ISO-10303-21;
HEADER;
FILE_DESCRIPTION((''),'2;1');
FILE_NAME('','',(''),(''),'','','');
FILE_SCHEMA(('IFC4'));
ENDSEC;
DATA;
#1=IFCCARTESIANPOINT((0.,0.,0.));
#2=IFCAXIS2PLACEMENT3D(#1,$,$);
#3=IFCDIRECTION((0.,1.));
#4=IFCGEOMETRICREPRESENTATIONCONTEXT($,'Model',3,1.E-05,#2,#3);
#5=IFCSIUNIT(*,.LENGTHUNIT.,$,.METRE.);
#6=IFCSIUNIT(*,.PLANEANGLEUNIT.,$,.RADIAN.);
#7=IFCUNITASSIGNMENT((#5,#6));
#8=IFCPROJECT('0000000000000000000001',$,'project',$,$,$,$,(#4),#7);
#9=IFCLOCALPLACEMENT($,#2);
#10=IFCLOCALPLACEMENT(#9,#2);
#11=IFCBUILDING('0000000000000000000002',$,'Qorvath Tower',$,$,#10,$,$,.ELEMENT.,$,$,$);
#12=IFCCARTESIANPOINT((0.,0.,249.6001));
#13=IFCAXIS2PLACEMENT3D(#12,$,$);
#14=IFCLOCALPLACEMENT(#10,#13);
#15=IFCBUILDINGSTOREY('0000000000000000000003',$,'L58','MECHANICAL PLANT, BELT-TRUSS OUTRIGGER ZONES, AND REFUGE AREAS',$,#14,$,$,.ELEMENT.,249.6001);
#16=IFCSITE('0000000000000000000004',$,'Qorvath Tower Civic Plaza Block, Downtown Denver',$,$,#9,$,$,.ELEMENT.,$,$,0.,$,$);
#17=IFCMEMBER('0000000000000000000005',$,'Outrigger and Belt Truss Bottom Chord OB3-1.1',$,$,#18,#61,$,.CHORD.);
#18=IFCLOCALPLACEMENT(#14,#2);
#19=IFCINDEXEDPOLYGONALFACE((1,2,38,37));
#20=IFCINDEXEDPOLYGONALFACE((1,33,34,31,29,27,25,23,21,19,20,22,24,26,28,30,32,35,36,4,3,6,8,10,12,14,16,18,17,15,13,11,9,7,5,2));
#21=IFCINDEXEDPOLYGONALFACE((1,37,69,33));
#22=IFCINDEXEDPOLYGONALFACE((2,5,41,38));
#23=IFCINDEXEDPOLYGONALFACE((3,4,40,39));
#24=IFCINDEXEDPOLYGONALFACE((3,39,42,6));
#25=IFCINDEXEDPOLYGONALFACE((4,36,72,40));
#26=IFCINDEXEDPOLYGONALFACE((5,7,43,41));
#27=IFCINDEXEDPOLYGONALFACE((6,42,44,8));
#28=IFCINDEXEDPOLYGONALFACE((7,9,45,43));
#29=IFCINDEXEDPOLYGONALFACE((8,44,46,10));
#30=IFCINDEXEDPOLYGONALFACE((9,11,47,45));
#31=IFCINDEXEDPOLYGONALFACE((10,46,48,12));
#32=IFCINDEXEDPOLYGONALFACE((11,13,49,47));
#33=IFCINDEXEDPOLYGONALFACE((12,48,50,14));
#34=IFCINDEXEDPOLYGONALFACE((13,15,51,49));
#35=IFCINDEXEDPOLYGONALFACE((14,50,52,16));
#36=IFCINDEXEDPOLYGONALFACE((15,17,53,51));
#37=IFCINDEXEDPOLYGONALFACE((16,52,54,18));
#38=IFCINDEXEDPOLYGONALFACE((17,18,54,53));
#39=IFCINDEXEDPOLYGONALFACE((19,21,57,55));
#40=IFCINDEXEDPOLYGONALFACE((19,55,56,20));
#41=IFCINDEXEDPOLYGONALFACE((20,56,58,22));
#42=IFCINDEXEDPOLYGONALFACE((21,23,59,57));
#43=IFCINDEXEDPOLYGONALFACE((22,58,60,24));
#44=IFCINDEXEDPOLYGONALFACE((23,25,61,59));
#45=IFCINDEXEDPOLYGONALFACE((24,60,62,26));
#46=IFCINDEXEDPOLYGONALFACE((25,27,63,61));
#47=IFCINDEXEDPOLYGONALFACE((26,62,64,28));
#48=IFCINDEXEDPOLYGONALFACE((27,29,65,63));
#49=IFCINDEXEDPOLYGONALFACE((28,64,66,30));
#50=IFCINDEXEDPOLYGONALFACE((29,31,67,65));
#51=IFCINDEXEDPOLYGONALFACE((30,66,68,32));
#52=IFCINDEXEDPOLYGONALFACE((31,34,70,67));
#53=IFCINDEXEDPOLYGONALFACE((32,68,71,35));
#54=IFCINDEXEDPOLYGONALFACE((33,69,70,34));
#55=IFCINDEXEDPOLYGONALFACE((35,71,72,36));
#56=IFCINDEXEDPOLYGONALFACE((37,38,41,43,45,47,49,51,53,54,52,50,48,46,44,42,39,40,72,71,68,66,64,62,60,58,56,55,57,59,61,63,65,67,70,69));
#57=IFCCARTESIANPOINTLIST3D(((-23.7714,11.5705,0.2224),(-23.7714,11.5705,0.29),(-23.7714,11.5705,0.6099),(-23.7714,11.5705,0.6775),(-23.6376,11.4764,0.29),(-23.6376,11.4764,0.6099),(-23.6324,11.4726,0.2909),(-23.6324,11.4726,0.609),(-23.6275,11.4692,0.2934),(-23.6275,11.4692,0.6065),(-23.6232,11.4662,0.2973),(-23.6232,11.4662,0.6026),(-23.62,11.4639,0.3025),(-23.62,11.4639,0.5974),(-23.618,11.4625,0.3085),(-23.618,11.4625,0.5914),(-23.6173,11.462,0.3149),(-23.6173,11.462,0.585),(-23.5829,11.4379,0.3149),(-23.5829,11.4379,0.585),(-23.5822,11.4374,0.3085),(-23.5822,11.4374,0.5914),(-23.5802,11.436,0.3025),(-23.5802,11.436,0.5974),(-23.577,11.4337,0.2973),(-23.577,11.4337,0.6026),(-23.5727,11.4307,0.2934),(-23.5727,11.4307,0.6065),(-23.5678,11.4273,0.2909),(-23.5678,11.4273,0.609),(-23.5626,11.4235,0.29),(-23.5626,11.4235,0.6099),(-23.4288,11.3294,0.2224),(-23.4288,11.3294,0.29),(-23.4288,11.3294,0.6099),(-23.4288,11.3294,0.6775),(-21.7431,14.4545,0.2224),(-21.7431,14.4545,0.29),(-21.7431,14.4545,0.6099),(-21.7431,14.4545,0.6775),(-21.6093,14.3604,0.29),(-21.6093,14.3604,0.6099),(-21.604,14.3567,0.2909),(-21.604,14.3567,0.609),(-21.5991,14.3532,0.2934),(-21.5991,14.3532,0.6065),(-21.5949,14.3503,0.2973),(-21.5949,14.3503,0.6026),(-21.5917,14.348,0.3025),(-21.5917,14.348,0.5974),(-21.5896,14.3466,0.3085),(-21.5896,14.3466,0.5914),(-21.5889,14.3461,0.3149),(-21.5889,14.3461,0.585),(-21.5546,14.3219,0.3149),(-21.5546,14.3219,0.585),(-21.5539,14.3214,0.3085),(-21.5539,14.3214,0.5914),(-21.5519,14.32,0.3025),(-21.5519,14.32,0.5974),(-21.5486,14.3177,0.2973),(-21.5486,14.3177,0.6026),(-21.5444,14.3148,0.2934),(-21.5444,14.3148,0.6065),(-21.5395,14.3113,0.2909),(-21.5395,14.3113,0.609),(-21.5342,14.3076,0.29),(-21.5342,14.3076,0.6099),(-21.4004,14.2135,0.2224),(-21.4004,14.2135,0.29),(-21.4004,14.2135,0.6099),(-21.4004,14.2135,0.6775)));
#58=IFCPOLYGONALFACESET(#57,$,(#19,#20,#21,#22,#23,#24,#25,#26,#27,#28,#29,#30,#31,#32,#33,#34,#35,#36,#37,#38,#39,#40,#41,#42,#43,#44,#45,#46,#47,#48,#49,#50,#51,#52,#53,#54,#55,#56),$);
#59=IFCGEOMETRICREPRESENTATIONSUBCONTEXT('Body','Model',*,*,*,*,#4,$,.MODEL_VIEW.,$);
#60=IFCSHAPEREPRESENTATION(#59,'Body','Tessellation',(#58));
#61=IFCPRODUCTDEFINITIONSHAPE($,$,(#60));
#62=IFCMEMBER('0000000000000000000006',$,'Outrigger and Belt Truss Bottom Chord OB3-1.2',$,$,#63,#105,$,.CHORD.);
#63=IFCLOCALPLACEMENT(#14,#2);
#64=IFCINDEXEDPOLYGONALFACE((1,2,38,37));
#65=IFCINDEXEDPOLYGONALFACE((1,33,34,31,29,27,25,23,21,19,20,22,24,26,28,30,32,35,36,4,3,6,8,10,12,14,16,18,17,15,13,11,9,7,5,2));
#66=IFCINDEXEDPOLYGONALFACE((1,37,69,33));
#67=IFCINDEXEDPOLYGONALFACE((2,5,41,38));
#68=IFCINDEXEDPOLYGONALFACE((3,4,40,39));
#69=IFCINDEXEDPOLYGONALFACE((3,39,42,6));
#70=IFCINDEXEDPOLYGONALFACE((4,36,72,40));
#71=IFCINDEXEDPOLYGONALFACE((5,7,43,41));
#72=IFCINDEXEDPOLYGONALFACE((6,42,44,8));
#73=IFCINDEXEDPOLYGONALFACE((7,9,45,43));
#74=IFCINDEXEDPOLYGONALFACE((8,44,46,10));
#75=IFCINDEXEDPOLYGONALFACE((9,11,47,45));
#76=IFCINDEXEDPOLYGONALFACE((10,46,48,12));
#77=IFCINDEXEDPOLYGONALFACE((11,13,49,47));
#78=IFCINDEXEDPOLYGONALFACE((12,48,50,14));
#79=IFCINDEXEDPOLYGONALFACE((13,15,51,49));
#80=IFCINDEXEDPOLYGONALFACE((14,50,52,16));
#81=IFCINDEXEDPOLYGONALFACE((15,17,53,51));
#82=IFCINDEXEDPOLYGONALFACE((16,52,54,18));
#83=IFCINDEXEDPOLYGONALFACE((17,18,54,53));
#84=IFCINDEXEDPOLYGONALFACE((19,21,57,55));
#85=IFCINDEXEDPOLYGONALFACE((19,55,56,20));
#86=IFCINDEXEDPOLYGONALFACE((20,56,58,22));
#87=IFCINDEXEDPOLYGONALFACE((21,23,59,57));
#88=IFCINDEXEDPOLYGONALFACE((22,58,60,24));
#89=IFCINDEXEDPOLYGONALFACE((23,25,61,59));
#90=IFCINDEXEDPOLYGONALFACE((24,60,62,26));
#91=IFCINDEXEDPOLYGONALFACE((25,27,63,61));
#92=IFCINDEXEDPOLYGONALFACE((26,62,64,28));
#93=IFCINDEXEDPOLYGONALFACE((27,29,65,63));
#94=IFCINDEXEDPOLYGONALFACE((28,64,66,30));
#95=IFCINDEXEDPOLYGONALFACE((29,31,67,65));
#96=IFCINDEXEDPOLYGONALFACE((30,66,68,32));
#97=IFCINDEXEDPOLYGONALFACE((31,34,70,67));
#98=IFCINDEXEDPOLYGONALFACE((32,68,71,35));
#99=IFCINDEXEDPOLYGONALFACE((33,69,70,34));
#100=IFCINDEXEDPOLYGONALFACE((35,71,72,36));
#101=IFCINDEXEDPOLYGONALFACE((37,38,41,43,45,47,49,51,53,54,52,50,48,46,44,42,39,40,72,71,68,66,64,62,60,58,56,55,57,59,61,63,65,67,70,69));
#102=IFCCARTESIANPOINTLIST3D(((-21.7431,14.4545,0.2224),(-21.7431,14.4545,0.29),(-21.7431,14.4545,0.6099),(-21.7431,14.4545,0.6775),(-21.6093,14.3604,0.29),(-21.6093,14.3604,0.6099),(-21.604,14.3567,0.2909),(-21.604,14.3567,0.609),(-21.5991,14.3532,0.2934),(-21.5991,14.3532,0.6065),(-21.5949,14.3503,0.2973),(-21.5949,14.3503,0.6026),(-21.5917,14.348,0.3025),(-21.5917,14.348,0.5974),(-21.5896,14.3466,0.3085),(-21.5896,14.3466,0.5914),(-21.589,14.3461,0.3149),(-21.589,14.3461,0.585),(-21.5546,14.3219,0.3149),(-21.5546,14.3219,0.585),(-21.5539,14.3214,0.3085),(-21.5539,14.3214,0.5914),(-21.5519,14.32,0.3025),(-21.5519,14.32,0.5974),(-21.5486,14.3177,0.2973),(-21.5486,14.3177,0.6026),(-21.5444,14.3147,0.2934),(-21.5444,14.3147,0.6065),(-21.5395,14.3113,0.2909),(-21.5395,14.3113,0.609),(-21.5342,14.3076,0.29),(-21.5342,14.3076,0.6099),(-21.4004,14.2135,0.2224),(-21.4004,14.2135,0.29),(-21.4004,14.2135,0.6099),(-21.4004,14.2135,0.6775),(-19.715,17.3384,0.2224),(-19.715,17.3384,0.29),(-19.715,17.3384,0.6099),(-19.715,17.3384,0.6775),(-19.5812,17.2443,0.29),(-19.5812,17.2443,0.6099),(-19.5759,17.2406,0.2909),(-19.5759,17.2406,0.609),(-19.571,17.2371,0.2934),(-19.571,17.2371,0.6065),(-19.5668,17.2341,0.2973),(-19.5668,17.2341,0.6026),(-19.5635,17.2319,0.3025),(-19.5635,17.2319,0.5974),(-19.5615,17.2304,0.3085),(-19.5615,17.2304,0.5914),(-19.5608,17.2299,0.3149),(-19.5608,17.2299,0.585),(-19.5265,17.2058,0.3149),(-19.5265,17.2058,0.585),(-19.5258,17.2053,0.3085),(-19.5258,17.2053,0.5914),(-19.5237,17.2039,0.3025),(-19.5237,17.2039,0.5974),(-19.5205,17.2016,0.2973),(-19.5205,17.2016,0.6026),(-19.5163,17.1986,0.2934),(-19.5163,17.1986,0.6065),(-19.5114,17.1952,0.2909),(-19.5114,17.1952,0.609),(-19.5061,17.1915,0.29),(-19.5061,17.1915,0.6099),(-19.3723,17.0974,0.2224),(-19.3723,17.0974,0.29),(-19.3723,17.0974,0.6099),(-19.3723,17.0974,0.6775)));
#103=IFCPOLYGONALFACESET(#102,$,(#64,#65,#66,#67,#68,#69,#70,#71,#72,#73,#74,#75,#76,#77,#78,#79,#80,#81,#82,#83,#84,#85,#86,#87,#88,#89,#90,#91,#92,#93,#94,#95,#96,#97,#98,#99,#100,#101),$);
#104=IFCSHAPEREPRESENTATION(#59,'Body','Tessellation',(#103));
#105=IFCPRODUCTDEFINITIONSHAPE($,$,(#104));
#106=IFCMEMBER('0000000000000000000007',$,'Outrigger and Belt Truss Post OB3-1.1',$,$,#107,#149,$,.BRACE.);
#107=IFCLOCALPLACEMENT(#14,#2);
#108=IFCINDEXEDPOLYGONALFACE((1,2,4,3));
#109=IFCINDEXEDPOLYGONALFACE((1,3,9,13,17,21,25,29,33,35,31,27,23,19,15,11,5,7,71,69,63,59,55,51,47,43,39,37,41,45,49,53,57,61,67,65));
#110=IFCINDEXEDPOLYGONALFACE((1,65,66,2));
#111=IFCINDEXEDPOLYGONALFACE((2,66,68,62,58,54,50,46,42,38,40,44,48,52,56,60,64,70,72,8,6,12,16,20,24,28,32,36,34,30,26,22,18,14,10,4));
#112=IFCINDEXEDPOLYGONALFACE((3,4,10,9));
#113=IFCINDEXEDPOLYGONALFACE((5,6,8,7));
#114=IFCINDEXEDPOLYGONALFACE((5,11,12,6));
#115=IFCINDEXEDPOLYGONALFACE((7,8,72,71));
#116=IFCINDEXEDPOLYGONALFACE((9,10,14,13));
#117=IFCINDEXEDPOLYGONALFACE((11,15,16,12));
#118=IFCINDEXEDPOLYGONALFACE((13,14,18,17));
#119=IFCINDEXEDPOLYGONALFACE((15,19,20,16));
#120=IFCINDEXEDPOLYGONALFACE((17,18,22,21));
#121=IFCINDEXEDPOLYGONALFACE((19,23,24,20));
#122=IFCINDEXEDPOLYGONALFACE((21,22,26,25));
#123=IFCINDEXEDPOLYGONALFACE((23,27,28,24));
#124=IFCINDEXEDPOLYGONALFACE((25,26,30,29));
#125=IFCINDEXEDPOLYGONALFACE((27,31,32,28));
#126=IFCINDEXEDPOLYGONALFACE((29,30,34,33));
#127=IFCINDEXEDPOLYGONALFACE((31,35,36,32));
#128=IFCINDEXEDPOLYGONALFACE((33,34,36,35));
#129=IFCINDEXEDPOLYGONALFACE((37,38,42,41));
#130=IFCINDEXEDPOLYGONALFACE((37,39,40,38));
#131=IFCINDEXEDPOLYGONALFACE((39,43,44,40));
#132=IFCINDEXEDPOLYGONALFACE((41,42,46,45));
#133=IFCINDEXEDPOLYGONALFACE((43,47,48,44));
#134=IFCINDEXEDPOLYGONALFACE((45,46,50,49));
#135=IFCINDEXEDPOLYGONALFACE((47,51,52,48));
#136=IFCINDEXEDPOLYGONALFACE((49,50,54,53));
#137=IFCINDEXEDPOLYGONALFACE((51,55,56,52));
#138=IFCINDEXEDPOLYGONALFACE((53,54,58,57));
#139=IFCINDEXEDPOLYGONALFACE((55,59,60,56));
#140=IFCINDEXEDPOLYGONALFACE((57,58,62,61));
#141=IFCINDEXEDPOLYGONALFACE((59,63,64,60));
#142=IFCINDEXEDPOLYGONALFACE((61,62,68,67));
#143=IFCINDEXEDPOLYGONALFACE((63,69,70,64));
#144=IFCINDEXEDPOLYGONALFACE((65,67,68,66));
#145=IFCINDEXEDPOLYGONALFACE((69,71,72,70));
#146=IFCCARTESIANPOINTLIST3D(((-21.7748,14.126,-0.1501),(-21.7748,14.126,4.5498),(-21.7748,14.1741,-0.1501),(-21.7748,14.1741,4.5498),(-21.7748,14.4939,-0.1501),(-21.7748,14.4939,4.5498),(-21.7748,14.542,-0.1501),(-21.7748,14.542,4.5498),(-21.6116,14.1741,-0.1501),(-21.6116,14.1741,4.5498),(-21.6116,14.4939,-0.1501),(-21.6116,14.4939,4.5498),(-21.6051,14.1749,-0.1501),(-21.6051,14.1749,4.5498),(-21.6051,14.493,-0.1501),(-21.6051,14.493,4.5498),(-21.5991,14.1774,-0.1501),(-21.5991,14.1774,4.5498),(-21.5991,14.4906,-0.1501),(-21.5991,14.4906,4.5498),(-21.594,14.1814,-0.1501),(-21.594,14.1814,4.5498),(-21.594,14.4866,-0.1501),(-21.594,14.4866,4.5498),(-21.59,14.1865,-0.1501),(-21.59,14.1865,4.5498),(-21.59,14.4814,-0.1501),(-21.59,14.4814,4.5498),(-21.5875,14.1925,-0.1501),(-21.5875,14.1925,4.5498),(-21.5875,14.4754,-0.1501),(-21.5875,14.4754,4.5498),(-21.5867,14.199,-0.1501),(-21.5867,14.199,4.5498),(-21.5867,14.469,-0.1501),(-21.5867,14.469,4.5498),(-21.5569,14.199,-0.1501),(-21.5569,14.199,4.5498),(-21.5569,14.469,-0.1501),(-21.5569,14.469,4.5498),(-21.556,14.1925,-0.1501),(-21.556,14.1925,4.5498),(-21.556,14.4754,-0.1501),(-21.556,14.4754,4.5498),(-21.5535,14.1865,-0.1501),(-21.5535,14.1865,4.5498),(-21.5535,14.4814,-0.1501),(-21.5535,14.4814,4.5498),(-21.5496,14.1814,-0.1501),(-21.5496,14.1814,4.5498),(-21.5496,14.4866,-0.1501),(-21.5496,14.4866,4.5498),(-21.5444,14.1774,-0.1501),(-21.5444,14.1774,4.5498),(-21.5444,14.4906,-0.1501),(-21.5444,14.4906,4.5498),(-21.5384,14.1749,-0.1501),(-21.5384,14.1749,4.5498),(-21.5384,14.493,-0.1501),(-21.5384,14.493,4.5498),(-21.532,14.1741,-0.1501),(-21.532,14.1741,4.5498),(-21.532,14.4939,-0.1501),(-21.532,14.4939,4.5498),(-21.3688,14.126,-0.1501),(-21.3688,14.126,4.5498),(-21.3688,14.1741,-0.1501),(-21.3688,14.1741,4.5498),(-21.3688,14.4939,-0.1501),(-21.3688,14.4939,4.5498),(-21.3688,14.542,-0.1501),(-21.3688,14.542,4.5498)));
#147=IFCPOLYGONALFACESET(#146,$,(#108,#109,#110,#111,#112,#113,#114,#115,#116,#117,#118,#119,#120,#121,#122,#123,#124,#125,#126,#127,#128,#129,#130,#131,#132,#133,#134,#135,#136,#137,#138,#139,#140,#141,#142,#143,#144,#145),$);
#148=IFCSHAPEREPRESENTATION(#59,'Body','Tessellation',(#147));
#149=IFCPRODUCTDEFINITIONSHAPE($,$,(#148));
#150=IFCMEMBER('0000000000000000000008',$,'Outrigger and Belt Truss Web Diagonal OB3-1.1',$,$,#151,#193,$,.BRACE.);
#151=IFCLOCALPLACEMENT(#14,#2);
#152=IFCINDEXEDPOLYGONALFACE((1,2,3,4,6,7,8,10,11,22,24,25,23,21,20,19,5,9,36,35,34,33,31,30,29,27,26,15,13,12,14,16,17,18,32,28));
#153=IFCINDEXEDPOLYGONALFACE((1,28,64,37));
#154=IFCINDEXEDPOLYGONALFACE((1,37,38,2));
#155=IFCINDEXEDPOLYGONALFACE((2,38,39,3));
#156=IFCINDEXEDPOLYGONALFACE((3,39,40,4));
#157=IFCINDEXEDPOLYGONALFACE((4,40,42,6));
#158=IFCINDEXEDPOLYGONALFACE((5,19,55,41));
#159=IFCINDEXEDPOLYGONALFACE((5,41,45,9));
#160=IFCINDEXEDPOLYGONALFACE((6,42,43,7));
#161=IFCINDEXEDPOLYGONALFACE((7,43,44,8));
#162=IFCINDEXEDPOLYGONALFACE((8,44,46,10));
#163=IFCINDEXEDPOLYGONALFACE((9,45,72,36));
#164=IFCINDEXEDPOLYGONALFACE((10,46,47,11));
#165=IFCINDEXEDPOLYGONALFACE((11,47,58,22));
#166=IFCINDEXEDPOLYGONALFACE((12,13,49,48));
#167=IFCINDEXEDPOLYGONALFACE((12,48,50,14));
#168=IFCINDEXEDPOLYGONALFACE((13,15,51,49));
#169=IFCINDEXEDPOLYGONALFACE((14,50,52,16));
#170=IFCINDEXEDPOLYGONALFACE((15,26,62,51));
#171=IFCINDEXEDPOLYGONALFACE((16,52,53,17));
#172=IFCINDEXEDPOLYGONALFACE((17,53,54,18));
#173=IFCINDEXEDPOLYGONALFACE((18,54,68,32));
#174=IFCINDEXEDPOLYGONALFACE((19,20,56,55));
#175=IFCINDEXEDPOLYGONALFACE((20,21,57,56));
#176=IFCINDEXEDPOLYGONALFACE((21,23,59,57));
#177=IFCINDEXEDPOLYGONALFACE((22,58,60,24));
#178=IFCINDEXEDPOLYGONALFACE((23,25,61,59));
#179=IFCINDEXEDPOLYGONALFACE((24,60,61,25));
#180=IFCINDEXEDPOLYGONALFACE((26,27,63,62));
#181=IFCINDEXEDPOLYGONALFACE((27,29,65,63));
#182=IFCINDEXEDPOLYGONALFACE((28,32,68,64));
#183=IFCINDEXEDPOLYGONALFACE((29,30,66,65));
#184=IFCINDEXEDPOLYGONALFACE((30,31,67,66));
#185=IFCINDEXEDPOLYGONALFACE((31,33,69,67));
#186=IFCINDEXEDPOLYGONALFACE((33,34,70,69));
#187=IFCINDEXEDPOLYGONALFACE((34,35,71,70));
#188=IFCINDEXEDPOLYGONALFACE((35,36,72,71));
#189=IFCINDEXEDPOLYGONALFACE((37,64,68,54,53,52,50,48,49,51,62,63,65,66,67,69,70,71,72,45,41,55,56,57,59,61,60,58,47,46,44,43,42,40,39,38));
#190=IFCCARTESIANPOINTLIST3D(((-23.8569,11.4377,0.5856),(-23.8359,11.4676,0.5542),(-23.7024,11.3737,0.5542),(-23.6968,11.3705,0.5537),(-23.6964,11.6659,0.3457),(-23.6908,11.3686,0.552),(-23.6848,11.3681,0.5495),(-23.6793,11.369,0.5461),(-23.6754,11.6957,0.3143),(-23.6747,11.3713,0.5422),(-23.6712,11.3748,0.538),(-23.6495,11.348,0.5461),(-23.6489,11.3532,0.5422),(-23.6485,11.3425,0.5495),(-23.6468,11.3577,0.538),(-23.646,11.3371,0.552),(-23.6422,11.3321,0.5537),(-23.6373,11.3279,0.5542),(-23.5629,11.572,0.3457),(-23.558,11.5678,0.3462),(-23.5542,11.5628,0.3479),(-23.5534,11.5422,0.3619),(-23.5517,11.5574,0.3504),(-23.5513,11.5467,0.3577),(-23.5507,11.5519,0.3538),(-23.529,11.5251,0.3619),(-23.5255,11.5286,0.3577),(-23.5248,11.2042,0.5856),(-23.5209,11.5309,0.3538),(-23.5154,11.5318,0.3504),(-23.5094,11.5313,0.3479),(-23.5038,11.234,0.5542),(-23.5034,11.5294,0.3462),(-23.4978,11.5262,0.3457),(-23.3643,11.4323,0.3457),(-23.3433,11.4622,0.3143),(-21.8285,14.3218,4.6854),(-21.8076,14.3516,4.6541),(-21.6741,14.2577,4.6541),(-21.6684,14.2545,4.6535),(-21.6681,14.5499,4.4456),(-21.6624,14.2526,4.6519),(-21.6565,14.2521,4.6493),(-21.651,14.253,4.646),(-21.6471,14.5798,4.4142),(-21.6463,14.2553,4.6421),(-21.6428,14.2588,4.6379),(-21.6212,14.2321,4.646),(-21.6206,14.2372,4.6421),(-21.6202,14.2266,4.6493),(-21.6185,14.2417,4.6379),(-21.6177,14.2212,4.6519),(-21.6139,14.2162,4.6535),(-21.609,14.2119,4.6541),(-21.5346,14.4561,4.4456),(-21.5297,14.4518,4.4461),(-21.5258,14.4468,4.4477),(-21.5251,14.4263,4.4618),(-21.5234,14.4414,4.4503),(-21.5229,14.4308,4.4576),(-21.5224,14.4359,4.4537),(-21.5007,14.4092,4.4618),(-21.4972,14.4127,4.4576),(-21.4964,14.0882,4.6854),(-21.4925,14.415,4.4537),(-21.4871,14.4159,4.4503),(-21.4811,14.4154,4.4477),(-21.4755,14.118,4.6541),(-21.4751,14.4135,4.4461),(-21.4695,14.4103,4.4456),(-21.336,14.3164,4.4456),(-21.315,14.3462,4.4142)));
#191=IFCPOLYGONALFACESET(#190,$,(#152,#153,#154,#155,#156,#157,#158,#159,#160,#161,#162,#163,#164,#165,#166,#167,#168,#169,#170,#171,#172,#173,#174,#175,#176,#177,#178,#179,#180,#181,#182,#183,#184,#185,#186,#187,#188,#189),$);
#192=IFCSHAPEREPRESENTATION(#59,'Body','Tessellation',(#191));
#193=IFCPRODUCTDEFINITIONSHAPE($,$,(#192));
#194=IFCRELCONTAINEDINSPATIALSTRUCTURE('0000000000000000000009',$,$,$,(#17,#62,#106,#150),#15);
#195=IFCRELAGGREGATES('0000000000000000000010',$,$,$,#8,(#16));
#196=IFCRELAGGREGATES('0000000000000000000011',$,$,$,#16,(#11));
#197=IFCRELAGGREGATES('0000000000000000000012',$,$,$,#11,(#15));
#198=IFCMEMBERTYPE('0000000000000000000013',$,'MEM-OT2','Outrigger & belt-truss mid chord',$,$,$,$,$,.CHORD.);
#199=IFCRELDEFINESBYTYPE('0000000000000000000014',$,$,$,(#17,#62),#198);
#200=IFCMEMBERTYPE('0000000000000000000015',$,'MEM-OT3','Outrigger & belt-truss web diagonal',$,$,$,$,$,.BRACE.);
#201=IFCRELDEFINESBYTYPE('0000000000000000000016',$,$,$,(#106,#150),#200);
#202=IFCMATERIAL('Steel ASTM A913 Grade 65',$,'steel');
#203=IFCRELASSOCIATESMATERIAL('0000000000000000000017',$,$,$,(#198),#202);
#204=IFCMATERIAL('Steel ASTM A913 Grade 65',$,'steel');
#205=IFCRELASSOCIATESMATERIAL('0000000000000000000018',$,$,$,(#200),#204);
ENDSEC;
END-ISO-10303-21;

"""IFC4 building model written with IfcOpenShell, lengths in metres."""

from ifc_helpers import new_model, si_unit, direction, frame, origin, origin_2d, place, context, subcontext, project, spatial, i_section, extrude, material, material_profile, profile_set, type_object, element, save


model = new_model("IFC4")

# Units and contexts
model_context = context("Model", 3, precision=1e-05, world=origin(), true_north=direction((0.0, 1.0)))
body_context = subcontext(model_context, "Body", "Model", "MODEL_VIEW")
ifc_project = project(units=[si_unit("LENGTHUNIT", "METRE"), si_unit("PLANEANGLEUNIT", "RADIAN")], contexts=[model_context])

# Site, building, storey
site_placement = place(None, origin())
site = spatial("IfcSite", under=ifc_project, at=site_placement, Name="Qorvath Tower Civic Plaza Block, Downtown Denver", CompositionType="ELEMENT", RefElevation=0.0)
building_placement = place(site_placement, origin())
building = spatial("IfcBuilding", under=site, at=building_placement, Name="Qorvath Tower", CompositionType="ELEMENT")
storey_placement = place(building_placement, frame((0.0, 0.0, 249.6001)))
storey = spatial("IfcBuildingStorey", under=building, at=storey_placement, Name="L58", Description="MECHANICAL PLANT, BELT-TRUSS OUTRIGGER ZONES, AND REFUGE AREAS", CompositionType="ELEMENT", Elevation=249.6001)

# Members
ifc_material_1 = material(Name="Steel ASTM A913 Grade 65", Category="steel")
ifc_material_profile_1 = material_profile(ifc_material_1, i_section(OverallWidth=0.4189, OverallDepth=0.4551, WebThickness=0.042, FlangeThickness=0.0676, FilletRadius=0.0249, at=origin_2d()), Name="W14x370")
ifc_profile_set_1 = profile_set([ifc_material_profile_1], Name="Steel ASTM A913 Grade 65")
member_type_1 = type_object("IfcMemberType", Name="MEM-OT2", Description="Outrigger & belt-truss mid chord", PredefinedType="CHORD", material=ifc_profile_set_1)
member_1_placement = place(storey_placement, frame((-23.6001, 11.45, 0.45), z_axis=(0.575269, 0.817965, 0.0), x_axis=(-0.817965, 0.575269, 0.0)))
element("IfcMember", 1, at=member_1_placement, inside=storey, type_object=member_type_1, Name="Outrigger and Belt Truss Bottom Chord OB3-1.1", PredefinedType="CHORD", context=body_context, shape_type="SweptSolid", body=[
    extrude(i_section(OverallWidth=0.4189, OverallDepth=0.4551, WebThickness=0.042, FlangeThickness=0.0676, FilletRadius=0.0249, at=origin_2d()), origin(), (0.0, 0.0, 1.0), 3.5259),
])
member_2_placement = place(storey_placement, frame((-21.5718, 14.334, 0.45), z_axis=(0.575255, 0.817974, 0.0), x_axis=(-0.817974, 0.575255, 0.0)))
element("IfcMember", 2, at=member_2_placement, inside=storey, type_object=member_type_1, Name="Outrigger and Belt Truss Bottom Chord OB3-1.2", PredefinedType="CHORD", context=body_context, shape_type="SweptSolid", body=[
    extrude(i_section(OverallWidth=0.4189, OverallDepth=0.4551, WebThickness=0.042, FlangeThickness=0.0676, FilletRadius=0.0249, at=origin_2d()), origin(), (0.0, 0.0, 1.0), 3.5256),
])
ifc_material_2 = material(Name="Steel ASTM A913 Grade 65", Category="steel")
ifc_material_profile_2 = material_profile(ifc_material_2, i_section(OverallWidth=0.406, OverallDepth=0.416, WebThickness=0.0298, FlangeThickness=0.0481, FilletRadius=0.0249, at=origin_2d()), Name="W14x257")
ifc_profile_set_2 = profile_set([ifc_material_profile_2], Name="Steel ASTM A913 Grade 65")
member_type_2 = type_object("IfcMemberType", Name="MEM-OT3", Description="Outrigger & belt-truss web diagonal", PredefinedType="BRACE", material=ifc_profile_set_2)
member_3_placement = place(storey_placement, frame((-21.5718, 14.334, -0.1501), z_axis=(0.0, 0.0, 1.0), x_axis=(1.0, 0.0, 0.0)))
element("IfcMember", 3, at=member_3_placement, inside=storey, type_object=member_type_2, Name="Outrigger and Belt Truss Post OB3-1.1", PredefinedType="BRACE", context=body_context, shape_type="SweptSolid", body=[
    extrude(i_section(OverallWidth=0.406, OverallDepth=0.416, WebThickness=0.0298, FlangeThickness=0.0481, FilletRadius=0.0249, at=origin_2d()), origin(), (0.0, 0.0, 1.0), 4.7),
])
member_4_placement = place(storey_placement, frame((-23.6001, 11.45, 0.45), z_axis=(0.375097, 0.533344, 0.758186), x_axis=(-0.817965, 0.575269, 0.0)))
element("IfcMember", 4, at=member_4_placement, inside=storey, type_object=member_type_2, Name="Outrigger and Belt Truss Web Diagonal OB3-1.1", PredefinedType="BRACE", context=body_context, shape_type="SweptSolid", body=[
    extrude(i_section(OverallWidth=0.406, OverallDepth=0.416, WebThickness=0.0298, FlangeThickness=0.0481, FilletRadius=0.0249, at=origin_2d()), origin(), (0.0, 0.0, 1.0), 5.4075),
])

save(model, "model.ifc")
